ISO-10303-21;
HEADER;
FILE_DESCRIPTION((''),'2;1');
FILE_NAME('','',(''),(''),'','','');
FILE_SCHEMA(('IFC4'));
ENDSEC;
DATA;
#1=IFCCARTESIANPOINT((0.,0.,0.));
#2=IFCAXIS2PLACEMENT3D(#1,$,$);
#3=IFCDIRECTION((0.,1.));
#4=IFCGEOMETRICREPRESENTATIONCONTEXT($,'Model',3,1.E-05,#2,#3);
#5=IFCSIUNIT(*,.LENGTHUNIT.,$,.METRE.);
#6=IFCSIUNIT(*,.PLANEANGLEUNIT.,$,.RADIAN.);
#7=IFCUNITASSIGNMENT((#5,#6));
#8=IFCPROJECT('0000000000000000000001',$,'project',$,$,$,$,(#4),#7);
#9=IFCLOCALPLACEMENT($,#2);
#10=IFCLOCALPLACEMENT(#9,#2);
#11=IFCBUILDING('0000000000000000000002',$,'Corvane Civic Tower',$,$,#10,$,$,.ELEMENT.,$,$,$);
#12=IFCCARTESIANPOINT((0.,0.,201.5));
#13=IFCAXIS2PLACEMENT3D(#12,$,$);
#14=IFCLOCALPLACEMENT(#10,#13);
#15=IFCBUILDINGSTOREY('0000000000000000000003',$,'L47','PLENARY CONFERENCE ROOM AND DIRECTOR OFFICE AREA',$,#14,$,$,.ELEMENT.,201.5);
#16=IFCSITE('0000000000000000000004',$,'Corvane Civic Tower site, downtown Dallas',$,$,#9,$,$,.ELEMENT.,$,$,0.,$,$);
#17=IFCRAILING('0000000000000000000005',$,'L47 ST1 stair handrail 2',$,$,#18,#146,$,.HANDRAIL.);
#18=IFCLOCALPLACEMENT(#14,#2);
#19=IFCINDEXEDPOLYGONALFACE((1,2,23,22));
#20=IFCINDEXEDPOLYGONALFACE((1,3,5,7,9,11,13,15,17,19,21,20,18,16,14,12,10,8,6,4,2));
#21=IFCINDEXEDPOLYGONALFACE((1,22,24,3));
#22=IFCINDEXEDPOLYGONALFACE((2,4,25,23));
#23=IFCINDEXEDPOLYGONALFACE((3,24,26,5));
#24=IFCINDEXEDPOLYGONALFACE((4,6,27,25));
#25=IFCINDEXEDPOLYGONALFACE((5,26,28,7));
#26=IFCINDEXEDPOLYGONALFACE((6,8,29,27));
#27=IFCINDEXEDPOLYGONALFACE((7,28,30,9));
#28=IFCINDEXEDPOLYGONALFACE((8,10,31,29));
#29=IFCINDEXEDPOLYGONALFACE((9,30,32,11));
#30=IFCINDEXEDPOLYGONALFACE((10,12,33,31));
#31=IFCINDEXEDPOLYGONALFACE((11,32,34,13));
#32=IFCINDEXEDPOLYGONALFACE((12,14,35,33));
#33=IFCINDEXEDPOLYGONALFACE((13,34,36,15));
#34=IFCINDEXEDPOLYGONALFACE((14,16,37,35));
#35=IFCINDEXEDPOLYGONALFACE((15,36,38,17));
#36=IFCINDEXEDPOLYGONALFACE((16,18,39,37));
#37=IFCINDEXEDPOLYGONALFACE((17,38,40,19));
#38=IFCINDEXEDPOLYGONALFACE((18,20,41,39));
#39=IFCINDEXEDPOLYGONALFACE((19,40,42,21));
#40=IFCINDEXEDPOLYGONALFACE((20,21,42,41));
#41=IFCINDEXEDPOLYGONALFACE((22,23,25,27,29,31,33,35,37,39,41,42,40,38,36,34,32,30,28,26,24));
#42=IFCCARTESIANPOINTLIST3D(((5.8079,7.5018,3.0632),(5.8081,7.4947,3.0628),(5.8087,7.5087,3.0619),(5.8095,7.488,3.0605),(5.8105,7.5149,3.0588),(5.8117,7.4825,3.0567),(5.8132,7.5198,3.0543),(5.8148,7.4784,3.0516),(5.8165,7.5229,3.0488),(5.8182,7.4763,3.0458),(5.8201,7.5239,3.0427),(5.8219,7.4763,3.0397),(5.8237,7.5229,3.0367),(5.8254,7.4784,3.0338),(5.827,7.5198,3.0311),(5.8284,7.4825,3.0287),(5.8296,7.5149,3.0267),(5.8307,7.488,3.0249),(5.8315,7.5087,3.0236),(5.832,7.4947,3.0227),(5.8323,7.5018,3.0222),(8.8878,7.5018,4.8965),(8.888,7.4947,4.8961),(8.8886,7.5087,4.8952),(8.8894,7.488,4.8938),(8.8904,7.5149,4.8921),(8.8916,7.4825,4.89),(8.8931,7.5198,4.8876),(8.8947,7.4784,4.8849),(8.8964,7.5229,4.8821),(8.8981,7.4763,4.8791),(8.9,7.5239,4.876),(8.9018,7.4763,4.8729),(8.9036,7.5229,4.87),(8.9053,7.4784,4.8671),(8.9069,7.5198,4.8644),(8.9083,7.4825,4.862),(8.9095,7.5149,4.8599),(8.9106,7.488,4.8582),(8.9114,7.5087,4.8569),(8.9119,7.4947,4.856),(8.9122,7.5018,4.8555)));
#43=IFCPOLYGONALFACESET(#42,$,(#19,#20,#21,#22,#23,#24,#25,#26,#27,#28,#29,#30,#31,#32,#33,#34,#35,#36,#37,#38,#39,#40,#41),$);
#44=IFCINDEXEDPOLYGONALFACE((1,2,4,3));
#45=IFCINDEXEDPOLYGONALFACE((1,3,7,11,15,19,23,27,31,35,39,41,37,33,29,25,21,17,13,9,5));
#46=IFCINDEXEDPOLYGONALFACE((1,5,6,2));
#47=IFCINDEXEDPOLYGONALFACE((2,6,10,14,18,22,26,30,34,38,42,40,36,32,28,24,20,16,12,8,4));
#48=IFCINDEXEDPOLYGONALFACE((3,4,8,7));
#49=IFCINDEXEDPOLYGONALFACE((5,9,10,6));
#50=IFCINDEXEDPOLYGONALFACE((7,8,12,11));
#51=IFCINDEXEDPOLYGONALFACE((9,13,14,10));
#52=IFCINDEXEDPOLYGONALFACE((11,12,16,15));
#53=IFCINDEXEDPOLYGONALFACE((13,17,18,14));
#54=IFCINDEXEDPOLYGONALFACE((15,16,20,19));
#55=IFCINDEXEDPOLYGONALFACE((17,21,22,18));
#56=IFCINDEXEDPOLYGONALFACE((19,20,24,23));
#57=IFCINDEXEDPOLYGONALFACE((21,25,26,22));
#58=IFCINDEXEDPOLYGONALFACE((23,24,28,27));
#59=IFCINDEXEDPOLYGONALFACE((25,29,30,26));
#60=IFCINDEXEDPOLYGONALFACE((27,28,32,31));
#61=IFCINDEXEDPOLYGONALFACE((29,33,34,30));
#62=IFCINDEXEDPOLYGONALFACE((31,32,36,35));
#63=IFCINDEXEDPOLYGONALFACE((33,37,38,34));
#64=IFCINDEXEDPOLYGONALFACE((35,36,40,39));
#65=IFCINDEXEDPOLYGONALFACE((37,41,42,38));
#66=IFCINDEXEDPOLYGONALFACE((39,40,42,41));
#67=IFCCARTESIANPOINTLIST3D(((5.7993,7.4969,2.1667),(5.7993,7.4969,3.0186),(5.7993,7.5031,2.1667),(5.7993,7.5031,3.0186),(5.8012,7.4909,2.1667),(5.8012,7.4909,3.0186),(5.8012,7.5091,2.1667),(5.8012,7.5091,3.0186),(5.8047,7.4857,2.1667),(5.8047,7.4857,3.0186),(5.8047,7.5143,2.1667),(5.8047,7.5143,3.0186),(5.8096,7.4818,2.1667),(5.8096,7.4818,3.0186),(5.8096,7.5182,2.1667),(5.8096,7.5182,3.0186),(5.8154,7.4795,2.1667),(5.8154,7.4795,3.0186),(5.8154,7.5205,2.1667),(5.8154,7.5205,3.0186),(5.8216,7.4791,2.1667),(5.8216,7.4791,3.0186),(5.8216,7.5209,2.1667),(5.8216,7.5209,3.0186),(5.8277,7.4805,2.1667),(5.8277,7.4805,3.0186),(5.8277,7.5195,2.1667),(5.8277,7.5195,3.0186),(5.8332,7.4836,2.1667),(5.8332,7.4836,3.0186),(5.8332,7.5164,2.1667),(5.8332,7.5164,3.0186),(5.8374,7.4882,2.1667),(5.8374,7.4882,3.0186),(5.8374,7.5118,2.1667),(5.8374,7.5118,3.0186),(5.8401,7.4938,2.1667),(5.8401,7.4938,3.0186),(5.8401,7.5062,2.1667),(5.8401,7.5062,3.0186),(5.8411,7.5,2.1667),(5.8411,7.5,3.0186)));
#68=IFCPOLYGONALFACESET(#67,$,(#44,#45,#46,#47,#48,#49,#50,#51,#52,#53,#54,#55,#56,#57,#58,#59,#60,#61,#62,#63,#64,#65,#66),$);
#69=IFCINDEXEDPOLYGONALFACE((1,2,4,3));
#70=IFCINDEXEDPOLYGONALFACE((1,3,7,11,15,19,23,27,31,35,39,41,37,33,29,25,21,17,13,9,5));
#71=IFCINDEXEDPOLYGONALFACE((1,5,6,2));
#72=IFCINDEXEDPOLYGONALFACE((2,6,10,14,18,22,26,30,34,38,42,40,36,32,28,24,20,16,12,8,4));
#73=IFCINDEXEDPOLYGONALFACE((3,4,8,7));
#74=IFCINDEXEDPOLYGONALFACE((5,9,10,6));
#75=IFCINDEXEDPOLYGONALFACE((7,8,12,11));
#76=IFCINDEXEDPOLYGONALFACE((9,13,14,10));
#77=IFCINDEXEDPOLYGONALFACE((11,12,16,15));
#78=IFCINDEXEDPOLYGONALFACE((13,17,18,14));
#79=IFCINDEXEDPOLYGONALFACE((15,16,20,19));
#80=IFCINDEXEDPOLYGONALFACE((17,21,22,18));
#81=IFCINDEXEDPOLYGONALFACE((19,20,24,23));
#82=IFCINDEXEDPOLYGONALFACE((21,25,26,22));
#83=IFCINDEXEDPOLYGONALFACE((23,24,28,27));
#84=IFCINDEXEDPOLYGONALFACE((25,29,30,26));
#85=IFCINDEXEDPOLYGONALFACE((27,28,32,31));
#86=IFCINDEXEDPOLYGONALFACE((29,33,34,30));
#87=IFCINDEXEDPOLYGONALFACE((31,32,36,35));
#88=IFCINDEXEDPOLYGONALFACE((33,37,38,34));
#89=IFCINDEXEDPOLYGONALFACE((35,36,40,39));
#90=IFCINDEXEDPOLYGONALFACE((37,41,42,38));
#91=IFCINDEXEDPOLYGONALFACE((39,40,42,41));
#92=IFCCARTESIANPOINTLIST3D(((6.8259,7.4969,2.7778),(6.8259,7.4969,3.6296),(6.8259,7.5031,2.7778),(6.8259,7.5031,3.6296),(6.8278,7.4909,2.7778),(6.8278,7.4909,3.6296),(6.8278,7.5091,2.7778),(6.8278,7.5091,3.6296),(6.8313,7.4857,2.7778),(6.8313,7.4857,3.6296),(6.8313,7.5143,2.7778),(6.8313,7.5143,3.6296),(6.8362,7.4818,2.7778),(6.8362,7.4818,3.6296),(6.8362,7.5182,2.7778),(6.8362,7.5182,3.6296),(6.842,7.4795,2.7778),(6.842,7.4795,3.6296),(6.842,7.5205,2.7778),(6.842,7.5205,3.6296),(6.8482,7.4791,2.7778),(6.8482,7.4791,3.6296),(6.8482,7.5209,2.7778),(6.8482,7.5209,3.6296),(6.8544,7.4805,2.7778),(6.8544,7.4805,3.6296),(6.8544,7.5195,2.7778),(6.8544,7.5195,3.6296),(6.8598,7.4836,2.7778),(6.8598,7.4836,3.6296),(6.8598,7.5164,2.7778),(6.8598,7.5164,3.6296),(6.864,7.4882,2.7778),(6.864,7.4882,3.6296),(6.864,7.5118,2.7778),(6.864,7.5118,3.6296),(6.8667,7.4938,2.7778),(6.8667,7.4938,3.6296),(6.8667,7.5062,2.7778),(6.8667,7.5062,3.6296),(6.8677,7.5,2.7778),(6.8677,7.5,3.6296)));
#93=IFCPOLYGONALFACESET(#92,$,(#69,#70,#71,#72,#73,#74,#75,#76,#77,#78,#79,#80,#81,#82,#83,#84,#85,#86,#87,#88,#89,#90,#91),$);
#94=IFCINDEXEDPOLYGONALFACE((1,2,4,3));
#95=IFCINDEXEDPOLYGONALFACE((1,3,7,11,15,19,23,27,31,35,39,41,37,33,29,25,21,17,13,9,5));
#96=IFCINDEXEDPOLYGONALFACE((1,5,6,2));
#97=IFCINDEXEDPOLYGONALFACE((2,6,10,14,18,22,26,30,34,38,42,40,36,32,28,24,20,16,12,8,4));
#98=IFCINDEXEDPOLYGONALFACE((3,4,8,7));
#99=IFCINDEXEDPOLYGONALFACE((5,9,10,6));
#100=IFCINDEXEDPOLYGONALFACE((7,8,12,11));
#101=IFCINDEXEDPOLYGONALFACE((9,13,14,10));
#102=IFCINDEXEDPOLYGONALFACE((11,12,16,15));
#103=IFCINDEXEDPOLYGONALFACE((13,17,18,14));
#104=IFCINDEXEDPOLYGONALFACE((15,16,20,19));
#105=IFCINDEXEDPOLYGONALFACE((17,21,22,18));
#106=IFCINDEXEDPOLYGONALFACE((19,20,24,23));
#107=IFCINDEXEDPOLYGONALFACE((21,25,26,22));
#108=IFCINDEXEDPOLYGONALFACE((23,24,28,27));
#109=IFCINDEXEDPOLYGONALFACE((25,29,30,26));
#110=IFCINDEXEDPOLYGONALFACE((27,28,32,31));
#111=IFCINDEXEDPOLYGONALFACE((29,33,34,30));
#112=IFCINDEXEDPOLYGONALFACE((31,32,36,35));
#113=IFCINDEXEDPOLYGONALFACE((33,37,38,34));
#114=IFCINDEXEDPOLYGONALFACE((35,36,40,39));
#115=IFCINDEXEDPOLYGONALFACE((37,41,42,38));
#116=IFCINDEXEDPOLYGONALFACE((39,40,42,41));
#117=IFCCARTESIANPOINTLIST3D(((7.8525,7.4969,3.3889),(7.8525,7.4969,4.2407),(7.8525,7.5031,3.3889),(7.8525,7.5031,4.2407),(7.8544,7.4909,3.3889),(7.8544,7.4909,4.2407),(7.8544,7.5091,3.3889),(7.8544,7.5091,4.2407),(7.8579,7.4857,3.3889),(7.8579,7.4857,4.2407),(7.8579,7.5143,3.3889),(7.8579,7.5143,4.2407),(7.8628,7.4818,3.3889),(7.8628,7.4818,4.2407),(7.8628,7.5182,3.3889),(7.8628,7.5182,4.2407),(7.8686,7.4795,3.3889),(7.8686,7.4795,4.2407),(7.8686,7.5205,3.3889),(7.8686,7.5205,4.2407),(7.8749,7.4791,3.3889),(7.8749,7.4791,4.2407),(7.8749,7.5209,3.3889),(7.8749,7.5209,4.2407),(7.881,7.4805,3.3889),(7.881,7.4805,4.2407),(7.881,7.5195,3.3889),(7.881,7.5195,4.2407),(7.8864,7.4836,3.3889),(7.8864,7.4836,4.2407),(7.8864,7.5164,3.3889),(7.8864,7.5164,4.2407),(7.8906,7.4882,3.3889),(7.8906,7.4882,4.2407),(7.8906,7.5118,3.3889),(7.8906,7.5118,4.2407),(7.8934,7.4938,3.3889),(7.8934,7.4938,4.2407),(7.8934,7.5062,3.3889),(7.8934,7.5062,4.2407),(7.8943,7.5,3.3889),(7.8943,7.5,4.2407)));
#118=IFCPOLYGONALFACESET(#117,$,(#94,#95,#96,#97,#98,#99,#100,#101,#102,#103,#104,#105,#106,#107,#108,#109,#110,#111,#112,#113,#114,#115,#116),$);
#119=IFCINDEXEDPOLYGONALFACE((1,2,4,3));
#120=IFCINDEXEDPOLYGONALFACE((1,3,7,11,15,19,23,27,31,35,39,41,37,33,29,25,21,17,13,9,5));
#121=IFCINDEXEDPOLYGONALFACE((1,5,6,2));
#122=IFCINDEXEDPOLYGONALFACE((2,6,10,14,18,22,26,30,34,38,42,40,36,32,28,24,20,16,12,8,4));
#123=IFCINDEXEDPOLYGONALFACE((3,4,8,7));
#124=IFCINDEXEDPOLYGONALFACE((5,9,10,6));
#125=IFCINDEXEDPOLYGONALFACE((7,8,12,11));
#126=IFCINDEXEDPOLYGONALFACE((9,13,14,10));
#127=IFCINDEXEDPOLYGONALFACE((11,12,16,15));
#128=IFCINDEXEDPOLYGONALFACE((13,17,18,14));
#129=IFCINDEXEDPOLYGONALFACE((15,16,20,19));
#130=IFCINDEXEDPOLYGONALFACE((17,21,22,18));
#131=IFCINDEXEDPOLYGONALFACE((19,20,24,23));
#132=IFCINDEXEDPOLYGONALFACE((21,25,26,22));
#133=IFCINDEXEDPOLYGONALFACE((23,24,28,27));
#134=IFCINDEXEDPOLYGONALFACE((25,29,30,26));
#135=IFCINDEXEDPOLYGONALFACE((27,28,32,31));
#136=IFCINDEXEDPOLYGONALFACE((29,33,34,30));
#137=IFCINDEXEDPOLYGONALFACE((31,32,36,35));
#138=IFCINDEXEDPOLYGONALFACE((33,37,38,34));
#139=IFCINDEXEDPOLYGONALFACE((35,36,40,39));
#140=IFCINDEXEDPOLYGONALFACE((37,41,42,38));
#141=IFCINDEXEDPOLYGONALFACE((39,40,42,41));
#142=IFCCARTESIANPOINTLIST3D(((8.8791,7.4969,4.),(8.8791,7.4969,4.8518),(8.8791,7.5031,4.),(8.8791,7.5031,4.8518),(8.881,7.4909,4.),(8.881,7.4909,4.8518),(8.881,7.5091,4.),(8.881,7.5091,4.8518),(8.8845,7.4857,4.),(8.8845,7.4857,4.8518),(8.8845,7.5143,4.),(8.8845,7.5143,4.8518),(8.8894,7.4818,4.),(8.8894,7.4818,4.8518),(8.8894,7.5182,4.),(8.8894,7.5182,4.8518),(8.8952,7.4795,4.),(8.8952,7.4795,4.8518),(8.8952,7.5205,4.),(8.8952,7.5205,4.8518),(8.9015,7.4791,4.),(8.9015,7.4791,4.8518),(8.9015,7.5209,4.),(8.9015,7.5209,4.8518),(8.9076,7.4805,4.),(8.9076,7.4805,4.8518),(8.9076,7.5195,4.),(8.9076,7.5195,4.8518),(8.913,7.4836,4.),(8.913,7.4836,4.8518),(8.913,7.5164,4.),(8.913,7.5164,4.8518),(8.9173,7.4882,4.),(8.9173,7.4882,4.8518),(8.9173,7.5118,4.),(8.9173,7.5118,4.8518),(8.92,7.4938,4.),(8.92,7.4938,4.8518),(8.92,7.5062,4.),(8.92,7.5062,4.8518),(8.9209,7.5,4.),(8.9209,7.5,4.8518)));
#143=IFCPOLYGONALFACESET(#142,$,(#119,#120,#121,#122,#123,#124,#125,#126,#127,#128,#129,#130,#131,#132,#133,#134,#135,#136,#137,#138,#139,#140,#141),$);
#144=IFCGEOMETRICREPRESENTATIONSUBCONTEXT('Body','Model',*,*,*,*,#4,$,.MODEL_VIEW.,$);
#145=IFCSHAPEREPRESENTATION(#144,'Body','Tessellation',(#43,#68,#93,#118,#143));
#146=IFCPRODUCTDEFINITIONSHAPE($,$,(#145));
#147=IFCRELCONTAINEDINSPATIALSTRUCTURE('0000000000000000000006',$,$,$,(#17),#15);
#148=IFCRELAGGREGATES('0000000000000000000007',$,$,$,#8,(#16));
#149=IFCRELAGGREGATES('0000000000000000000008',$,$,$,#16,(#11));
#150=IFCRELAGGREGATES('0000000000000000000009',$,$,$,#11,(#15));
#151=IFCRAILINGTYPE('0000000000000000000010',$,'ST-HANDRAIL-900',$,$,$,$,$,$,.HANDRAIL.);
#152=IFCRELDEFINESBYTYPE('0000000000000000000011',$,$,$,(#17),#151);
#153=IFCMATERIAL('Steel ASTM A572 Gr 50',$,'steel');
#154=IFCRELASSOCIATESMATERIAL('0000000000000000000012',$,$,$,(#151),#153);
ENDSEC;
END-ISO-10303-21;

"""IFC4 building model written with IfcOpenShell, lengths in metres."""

from ifc_helpers import new_model, si_unit, direction, frame, origin, origin_2d, place, context, subcontext, project, spatial, circle, extrude, material, type_object, element, save


model = new_model("IFC4")

# Units and contexts
model_context = context("Model", 3, precision=1e-05, world=origin(), true_north=direction((0.0, 1.0)))
body_context = subcontext(model_context, "Body", "Model", "MODEL_VIEW")
ifc_project = project(units=[si_unit("LENGTHUNIT", "METRE"), si_unit("PLANEANGLEUNIT", "RADIAN")], contexts=[model_context])

# Site, building, storey
site_placement = place(None, origin())
site = spatial("IfcSite", under=ifc_project, at=site_placement, Name="Corvane Civic Tower site, downtown Dallas", CompositionType="ELEMENT", RefElevation=0.0)
building_placement = place(site_placement, origin())
building = spatial("IfcBuilding", under=site, at=building_placement, Name="Corvane Civic Tower", CompositionType="ELEMENT")
storey_placement = place(building_placement, frame((0.0, 0.0, 201.5)))
storey = spatial("IfcBuildingStorey", under=building, at=storey_placement, Name="L47", Description="PLENARY CONFERENCE ROOM AND DIRECTOR OFFICE AREA", CompositionType="ELEMENT", Elevation=201.5)

# Railing
ifc_material_1 = material(Name="Steel ASTM A572 Gr 50", Category="steel")
railing_type = type_object("IfcRailingType", Name="ST-HANDRAIL-900", PredefinedType="HANDRAIL", material=ifc_material_1)
railing_placement = place(storey_placement, frame((5.8201, 7.5, 2.1667)))
element("IfcRailing", 1, at=railing_placement, inside=storey, type_object=railing_type, Name="L47 ST1 stair handrail 2", PredefinedType="HANDRAIL", context=body_context, shape_type="SweptSolid", body=[
    extrude(circle(Radius=0.0239, at=origin_2d()), frame((0.0, 0.0, 0.876), z_axis=(0.859291, 0.0, 0.511487), x_axis=(0.0, 1.0, 0.0)), (0.0, 0.0, 1.0), 3.5842),
    extrude(circle(Radius=0.021, at=origin_2d()), origin(), (0.0, 0.0, 1.0), 0.8518),
    extrude(circle(Radius=0.021, at=origin_2d()), frame((1.0266, 0.0, 0.6111)), (0.0, 0.0, 1.0), 0.8518),
    extrude(circle(Radius=0.021, at=origin_2d()), frame((2.0532, 0.0, 1.2222)), (0.0, 0.0, 1.0), 0.8518),
    extrude(circle(Radius=0.021, at=origin_2d()), frame((3.0798, 0.0, 1.8333)), (0.0, 0.0, 1.0), 0.8518),
])

save(model, "model.ifc")
